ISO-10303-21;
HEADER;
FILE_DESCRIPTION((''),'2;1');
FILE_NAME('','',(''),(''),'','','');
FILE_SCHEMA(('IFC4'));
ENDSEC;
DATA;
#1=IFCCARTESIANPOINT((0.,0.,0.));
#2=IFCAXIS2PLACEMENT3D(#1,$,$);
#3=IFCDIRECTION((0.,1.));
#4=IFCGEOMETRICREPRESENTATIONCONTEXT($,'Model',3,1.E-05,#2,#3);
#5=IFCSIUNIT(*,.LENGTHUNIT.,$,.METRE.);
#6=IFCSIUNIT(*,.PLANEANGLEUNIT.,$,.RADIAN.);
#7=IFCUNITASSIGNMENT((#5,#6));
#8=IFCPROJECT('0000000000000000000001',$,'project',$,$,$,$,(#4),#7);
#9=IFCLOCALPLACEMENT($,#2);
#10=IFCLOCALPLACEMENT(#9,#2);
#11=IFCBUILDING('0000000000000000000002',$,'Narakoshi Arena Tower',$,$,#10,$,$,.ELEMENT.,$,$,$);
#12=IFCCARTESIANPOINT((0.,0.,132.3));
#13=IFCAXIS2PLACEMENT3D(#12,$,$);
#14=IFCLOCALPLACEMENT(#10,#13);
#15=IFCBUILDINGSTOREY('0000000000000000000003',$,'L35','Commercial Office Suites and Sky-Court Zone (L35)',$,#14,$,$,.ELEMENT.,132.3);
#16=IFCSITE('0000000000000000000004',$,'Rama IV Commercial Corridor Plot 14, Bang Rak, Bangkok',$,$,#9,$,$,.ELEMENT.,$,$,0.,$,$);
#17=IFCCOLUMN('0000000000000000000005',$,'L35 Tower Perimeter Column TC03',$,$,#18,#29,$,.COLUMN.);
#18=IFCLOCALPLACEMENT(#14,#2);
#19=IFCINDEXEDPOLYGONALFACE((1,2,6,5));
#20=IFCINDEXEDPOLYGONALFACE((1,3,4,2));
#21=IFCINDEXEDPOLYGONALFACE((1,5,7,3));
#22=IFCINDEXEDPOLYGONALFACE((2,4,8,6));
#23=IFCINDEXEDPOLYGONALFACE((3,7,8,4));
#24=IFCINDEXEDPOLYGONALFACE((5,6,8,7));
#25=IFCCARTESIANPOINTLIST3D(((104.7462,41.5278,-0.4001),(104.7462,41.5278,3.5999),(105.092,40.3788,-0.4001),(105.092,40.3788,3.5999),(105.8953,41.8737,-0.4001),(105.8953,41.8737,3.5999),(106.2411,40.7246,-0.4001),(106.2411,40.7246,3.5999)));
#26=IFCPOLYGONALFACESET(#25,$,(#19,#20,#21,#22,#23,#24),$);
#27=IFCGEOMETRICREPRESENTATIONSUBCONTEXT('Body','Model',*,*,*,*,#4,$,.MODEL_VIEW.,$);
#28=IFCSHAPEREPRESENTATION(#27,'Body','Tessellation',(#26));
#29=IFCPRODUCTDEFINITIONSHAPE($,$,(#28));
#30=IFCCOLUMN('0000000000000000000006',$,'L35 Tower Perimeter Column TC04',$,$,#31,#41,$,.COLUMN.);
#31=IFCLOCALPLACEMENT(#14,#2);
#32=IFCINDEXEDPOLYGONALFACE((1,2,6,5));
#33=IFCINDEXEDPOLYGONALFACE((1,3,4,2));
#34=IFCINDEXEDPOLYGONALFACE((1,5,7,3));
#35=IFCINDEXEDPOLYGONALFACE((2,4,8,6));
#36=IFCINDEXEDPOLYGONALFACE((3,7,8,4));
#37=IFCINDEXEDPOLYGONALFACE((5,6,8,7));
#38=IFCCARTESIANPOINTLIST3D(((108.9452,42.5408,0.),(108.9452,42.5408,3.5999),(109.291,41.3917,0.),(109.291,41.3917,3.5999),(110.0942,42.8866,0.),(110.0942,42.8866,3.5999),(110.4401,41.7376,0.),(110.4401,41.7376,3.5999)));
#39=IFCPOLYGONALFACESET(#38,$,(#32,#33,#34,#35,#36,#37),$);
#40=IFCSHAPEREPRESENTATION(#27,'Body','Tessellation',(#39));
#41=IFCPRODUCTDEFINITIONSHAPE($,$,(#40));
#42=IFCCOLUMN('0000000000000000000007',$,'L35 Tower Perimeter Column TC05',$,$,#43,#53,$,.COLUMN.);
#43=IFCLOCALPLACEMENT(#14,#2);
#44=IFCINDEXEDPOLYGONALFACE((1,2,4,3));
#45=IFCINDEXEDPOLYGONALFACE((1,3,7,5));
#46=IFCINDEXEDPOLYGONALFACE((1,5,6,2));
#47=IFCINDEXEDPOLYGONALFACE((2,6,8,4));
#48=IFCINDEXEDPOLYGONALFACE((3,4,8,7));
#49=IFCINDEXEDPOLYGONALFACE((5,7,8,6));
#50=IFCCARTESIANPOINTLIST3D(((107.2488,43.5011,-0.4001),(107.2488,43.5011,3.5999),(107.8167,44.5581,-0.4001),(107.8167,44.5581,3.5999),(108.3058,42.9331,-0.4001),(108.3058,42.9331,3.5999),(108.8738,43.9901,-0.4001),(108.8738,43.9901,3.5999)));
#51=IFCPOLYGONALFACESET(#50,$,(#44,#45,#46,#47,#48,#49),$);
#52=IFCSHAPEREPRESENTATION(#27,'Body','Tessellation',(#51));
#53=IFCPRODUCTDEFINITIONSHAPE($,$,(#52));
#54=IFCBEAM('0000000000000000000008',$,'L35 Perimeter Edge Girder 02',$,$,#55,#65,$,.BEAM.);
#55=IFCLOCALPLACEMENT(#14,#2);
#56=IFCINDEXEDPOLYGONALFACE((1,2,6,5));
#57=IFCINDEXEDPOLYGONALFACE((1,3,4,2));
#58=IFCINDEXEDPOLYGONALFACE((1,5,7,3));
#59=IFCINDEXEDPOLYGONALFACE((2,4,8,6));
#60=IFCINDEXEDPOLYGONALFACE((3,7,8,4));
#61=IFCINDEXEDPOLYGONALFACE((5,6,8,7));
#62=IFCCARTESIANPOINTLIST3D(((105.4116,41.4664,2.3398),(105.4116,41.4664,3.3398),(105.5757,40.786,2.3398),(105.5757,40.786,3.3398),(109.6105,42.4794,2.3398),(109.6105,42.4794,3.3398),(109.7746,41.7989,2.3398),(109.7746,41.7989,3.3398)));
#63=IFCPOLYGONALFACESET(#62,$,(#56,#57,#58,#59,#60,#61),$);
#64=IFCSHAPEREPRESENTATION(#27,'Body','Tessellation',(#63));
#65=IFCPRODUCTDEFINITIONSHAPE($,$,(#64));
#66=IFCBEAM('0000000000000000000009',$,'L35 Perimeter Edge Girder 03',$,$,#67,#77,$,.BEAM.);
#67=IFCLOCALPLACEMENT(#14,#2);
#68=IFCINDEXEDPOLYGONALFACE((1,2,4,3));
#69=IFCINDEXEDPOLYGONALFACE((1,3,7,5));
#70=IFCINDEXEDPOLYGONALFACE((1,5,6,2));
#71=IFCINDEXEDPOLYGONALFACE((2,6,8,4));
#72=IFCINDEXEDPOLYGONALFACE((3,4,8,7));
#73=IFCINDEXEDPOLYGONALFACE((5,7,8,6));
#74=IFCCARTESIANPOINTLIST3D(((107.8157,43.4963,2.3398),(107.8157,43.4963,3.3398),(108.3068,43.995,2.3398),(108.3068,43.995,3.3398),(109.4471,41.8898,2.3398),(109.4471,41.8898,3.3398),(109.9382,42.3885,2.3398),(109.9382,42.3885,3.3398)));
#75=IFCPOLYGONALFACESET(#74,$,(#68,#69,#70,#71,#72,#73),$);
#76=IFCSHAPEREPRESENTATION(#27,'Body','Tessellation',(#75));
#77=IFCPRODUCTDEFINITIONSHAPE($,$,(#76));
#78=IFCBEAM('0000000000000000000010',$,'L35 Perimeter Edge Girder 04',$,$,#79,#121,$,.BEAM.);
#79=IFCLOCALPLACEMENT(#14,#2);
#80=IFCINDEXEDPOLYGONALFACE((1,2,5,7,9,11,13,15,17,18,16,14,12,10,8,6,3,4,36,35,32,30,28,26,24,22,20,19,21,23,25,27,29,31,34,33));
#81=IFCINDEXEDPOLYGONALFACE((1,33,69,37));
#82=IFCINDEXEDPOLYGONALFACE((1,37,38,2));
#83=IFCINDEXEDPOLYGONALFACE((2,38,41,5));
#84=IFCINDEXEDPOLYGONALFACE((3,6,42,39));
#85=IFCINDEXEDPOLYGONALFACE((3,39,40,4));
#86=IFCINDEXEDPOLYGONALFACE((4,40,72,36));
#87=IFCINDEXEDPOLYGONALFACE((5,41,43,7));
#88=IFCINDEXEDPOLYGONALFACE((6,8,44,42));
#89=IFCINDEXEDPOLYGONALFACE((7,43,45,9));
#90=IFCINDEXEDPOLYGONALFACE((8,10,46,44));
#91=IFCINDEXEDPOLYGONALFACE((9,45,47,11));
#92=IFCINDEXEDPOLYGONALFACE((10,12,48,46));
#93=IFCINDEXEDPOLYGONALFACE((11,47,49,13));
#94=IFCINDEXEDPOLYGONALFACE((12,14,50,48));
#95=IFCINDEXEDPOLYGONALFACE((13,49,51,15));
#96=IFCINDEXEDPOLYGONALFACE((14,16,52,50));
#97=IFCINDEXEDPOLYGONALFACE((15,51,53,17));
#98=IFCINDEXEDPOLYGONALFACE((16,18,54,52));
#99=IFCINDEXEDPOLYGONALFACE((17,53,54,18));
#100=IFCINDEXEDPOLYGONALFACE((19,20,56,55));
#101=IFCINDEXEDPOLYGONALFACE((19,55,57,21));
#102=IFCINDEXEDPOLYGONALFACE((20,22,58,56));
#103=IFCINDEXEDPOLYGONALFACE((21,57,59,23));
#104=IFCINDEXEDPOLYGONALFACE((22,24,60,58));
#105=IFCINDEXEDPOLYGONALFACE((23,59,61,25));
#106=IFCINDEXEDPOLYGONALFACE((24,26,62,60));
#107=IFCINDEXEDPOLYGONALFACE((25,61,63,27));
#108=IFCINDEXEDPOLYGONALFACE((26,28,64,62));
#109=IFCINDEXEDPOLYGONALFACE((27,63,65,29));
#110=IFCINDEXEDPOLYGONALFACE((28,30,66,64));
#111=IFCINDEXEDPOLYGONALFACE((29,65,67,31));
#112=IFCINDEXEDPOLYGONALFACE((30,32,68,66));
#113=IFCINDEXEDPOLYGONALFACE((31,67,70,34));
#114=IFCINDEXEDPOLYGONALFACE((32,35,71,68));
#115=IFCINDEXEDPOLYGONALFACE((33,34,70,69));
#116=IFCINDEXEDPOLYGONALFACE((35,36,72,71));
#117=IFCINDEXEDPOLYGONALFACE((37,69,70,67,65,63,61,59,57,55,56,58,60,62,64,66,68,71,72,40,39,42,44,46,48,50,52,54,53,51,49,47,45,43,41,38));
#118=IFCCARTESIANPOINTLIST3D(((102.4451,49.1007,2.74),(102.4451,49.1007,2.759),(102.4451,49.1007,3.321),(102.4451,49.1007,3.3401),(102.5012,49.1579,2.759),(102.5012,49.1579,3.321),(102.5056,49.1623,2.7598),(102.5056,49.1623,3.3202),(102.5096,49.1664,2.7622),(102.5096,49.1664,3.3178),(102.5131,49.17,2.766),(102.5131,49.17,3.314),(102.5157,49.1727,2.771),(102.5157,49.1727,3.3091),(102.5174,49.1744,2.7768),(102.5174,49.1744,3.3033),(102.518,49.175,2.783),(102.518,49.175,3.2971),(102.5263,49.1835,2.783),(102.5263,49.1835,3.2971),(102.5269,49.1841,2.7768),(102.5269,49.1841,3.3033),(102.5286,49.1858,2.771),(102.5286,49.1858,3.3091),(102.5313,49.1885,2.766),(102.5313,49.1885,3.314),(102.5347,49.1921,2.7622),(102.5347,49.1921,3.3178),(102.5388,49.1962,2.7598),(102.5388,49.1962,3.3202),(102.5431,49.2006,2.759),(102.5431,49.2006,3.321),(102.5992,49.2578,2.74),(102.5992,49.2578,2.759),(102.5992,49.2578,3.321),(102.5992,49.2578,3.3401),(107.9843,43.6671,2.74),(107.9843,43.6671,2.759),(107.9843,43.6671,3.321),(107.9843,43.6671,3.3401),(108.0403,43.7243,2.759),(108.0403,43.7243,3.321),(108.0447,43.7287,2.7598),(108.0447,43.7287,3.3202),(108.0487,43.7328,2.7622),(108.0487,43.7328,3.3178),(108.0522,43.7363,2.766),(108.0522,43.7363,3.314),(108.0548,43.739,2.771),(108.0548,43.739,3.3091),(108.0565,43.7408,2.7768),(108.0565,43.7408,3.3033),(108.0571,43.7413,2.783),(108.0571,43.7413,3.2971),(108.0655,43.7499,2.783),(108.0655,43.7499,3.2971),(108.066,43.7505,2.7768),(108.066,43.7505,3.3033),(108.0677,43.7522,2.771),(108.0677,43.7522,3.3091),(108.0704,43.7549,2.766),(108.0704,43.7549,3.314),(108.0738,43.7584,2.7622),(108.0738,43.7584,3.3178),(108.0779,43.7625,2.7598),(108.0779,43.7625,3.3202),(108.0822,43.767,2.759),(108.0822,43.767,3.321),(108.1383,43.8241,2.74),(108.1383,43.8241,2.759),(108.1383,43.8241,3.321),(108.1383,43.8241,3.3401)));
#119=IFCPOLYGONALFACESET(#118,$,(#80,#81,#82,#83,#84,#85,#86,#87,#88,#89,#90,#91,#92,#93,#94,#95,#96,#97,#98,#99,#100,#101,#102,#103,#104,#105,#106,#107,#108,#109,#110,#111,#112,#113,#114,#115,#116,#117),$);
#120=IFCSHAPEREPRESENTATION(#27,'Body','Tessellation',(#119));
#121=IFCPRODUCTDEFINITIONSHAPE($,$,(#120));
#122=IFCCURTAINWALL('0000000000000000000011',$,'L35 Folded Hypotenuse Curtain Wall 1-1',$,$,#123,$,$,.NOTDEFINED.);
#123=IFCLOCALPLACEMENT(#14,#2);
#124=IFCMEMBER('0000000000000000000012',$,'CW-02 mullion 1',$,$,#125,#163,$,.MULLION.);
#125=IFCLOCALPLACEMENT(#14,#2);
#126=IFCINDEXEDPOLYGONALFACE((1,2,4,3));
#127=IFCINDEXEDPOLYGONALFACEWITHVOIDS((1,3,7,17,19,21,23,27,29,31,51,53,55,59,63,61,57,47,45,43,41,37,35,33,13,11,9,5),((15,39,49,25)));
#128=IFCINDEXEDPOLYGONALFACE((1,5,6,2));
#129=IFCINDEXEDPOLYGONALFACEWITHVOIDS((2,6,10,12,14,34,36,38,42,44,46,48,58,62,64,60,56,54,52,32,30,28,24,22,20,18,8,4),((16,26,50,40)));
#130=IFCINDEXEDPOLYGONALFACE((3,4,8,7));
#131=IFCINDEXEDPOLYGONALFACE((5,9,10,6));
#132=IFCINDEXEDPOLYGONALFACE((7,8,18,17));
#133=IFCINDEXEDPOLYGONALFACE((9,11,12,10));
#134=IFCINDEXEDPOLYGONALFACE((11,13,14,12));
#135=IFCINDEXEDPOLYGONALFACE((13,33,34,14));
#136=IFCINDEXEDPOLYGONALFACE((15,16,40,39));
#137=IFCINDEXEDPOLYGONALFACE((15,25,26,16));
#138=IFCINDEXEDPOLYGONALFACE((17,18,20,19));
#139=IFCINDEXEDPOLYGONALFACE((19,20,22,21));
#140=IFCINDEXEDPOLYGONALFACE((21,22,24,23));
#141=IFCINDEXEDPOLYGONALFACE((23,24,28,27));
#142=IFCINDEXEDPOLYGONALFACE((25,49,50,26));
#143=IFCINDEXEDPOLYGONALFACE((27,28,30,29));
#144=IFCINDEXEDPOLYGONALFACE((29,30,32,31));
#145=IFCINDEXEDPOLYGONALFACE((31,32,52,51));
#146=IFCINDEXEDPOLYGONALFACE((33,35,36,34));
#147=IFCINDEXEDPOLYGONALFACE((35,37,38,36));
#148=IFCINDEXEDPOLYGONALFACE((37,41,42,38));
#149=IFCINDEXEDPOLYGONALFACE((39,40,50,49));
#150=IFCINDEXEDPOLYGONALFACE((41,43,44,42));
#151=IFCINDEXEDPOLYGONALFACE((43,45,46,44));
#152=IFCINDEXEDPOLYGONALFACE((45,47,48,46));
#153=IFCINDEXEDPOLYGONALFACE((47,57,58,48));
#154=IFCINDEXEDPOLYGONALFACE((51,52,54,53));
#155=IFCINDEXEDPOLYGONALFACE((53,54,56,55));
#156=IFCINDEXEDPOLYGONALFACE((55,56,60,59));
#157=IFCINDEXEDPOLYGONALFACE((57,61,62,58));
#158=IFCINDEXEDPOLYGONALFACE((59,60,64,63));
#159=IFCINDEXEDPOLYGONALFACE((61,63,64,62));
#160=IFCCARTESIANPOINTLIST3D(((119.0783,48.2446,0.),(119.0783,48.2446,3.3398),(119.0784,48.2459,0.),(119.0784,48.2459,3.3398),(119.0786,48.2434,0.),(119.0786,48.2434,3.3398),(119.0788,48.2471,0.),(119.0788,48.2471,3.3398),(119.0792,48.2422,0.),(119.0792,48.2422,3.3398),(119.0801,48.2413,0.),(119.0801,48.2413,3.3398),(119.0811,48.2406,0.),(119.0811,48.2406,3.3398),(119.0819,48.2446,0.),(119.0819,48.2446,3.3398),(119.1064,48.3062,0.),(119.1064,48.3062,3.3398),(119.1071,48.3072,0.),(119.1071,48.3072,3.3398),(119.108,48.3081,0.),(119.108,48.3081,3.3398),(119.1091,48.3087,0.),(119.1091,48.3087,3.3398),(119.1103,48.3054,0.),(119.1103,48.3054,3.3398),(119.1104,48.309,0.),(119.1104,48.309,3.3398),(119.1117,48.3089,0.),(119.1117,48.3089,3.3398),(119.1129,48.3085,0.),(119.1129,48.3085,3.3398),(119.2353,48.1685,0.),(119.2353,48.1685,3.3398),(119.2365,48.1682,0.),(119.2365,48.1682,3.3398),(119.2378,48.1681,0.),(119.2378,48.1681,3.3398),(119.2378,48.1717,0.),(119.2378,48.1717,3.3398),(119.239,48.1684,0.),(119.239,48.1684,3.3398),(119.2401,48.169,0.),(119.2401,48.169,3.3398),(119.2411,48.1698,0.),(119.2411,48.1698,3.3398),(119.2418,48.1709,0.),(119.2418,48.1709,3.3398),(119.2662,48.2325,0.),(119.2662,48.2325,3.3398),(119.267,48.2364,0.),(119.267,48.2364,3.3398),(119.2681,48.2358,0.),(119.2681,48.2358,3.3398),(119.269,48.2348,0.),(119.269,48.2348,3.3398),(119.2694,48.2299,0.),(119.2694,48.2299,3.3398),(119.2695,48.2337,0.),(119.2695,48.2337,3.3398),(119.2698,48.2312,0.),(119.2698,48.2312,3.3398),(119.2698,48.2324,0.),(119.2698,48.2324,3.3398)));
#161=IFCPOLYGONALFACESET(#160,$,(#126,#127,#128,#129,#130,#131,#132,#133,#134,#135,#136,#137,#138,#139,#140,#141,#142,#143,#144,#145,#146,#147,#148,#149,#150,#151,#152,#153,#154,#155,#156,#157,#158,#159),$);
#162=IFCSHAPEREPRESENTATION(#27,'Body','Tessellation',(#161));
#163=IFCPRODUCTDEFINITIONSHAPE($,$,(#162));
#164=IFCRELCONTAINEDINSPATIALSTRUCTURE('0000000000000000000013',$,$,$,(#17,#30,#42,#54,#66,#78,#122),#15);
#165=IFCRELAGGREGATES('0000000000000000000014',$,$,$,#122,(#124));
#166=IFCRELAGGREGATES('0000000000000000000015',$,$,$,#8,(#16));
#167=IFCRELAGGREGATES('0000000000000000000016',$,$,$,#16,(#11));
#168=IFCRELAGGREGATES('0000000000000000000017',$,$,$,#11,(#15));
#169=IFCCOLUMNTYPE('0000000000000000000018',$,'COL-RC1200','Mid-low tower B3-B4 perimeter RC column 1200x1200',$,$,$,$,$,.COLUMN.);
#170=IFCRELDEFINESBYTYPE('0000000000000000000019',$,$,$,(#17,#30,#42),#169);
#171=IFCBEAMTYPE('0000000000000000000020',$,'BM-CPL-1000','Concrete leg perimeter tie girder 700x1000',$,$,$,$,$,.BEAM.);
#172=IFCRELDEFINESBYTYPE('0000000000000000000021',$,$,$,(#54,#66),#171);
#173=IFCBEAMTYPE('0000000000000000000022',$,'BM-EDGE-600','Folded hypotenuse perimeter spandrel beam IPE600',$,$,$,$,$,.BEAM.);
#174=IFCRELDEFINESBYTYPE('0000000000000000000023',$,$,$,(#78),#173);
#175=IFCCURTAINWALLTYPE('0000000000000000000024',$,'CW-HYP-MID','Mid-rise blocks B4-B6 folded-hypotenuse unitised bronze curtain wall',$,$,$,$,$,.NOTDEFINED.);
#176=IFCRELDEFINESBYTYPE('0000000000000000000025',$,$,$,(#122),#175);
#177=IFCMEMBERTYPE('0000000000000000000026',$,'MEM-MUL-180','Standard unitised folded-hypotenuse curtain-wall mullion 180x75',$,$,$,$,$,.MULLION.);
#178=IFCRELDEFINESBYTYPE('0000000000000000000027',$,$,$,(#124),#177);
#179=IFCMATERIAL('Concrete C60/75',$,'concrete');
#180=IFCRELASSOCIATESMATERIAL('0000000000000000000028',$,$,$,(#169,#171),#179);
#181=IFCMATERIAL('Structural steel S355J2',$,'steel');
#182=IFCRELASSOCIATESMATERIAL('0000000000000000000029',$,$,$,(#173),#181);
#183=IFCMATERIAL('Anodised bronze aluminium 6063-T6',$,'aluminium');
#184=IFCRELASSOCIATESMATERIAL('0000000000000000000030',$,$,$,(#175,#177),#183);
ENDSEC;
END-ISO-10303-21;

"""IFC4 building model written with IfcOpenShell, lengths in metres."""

from ifc_helpers import new_model, si_unit, direction, frame, origin, origin_2d, place, context, subcontext, project, spatial, rectangle, hollow_rectangle, i_section, extrude, material, material_profile, profile_set, type_object, element, aggregate, save


model = new_model("IFC4")

# Units and contexts
model_context = context("Model", 3, precision=1e-05, world=origin(), true_north=direction((0.0, 1.0)))
body_context = subcontext(model_context, "Body", "Model", "MODEL_VIEW")
ifc_project = project(units=[si_unit("LENGTHUNIT", "METRE"), si_unit("PLANEANGLEUNIT", "RADIAN")], contexts=[model_context])

# Site, building, storey
site_placement = place(None, origin())
site = spatial("IfcSite", under=ifc_project, at=site_placement, Name="Rama IV Commercial Corridor Plot 14, Bang Rak, Bangkok", CompositionType="ELEMENT", RefElevation=0.0)
building_placement = place(site_placement, origin())
building = spatial("IfcBuilding", under=site, at=building_placement, Name="Narakoshi Arena Tower", CompositionType="ELEMENT")
storey_placement = place(building_placement, frame((0.0, 0.0, 132.3)))
storey = spatial("IfcBuildingStorey", under=building, at=storey_placement, Name="L35", Description="Commercial Office Suites and Sky-Court Zone (L35)", CompositionType="ELEMENT", Elevation=132.3)

# Columns
ifc_material_1 = material(Name="Concrete C60/75", Category="concrete")
ifc_material_profile_1 = material_profile(ifc_material_1, rectangle(XDim=1.2, YDim=1.2, at=origin_2d()), Name="RC1200x1200")
ifc_profile_set_1 = profile_set([ifc_material_profile_1], Name="Concrete C60/75")
column_type = type_object("IfcColumnType", Name="COL-RC1200", Description="Mid-low tower B3-B4 perimeter RC column 1200x1200", PredefinedType="COLUMN", material=ifc_profile_set_1)
column_1_placement = place(storey_placement, frame((105.4937, 41.1262, -0.4001), z_axis=(0.0, 0.0, 1.0), x_axis=(0.957571, 0.288196, 0.0)))
element("IfcColumn", 1, at=column_1_placement, inside=storey, type_object=column_type, Name="L35 Tower Perimeter Column TC03", PredefinedType="COLUMN", context=body_context, shape_type="SweptSolid", body=[
    extrude(rectangle(XDim=1.2, YDim=1.2, at=origin_2d()), origin(), (0.0, 0.0, 1.0), 4.0),
])
column_2_placement = place(storey_placement, frame((109.6926, 42.1392, 0.0), z_axis=(0.0, 0.0, 1.0), x_axis=(0.957571, 0.288196, 0.0)))
element("IfcColumn", 2, at=column_2_placement, inside=storey, type_object=column_type, Name="L35 Tower Perimeter Column TC04", PredefinedType="COLUMN", context=body_context, shape_type="SweptSolid", body=[
    extrude(rectangle(XDim=1.2, YDim=1.2, at=origin_2d()), origin(), (0.0, 0.0, 1.0), 3.5999),
])
column_3_placement = place(storey_placement, frame((108.0613, 43.7456, -0.4001), z_axis=(0.0, 0.0, 1.0), x_axis=(0.47332, 0.880891, 0.0)))
element("IfcColumn", 3, at=column_3_placement, inside=storey, type_object=column_type, Name="L35 Tower Perimeter Column TC05", PredefinedType="COLUMN", context=body_context, shape_type="SweptSolid", body=[
    extrude(rectangle(XDim=1.2, YDim=1.2, at=origin_2d()), origin(), (0.0, 0.0, 1.0), 4.0),
])

# Beams
ifc_material_profile_2 = material_profile(ifc_material_1, rectangle(XDim=0.7, YDim=1.0, at=origin_2d()), Name="RCB700x1000")
ifc_profile_set_2 = profile_set([ifc_material_profile_2], Name="Concrete C60/75")
beam_type_1 = type_object("IfcBeamType", Name="BM-CPL-1000", Description="Concrete leg perimeter tie girder 700x1000", PredefinedType="BEAM", material=ifc_profile_set_2)
beam_1_placement = place(storey_placement, frame((105.4937, 41.1262, 2.8398), z_axis=(0.972114, 0.234508, 0.0), x_axis=(-0.234508, 0.972114, 0.0)))
element("IfcBeam", 4, at=beam_1_placement, inside=storey, type_object=beam_type_1, Name="L35 Perimeter Edge Girder 02", PredefinedType="BEAM", context=body_context, shape_type="SweptSolid", body=[
    extrude(rectangle(XDim=0.7, YDim=1.0, at=origin_2d()), origin(), (0.0, 0.0, 1.0), 4.3193),
])
beam_2_placement = place(storey_placement, frame((109.6926, 42.1392, 2.8398), z_axis=(-0.712524, 0.701648, 0.0), x_axis=(-0.701648, -0.712524, 0.0)))
element("IfcBeam", 5, at=beam_2_placement, inside=storey, type_object=beam_type_1, Name="L35 Perimeter Edge Girder 03", PredefinedType="BEAM", context=body_context, shape_type="SweptSolid", body=[
    extrude(rectangle(XDim=0.7, YDim=1.0, at=origin_2d()), origin(), (0.0, 0.0, 1.0), 2.2896),
])
ifc_material_2 = material(Name="Structural steel S355J2", Category="steel")
ifc_material_profile_3 = material_profile(ifc_material_2, i_section(OverallWidth=0.22, OverallDepth=0.6001, WebThickness=0.012, FlangeThickness=0.019, FilletRadius=0.0239, at=origin_2d()), Name="IPE600")
ifc_profile_set_3 = profile_set([ifc_material_profile_3], Name="Structural steel S355J2")
beam_type_2 = type_object("IfcBeamType", Name="BM-EDGE-600", Description="Folded hypotenuse perimeter spandrel beam IPE600", PredefinedType="BEAM", material=ifc_profile_set_3)
beam_3_placement = place(storey_placement, frame((108.0613, 43.7456, 3.04), z_axis=(-0.71387, 0.700278, 0.0), x_axis=(-0.700278, -0.71387, 0.0)))
element("IfcBeam", 6, at=beam_3_placement, inside=storey, type_object=beam_type_2, Name="L35 Perimeter Edge Girder 04", PredefinedType="BEAM", context=body_context, shape_type="SweptSolid", body=[
    extrude(i_section(OverallWidth=0.22, OverallDepth=0.6001, WebThickness=0.012, FlangeThickness=0.019, FilletRadius=0.0239, at=origin_2d()), origin(), (0.0, 0.0, 1.0), 7.7593),
])

# Curtain wall, member
ifc_material_3 = material(Name="Anodised bronze aluminium 6063-T6", Category="aluminium")
curtain_wall_type = type_object("IfcCurtainWallType", Name="CW-HYP-MID", Description="Mid-rise blocks B4-B6 folded-hypotenuse unitised bronze curtain wall", PredefinedType="NOTDEFINED", material=ifc_material_3)
curtain_wall_placement = place(storey_placement, origin())
curtain_wall = element("IfcCurtainWall", 7, at=curtain_wall_placement, inside=storey, type_object=curtain_wall_type, Name="L35 Folded Hypotenuse Curtain Wall 1-1", PredefinedType="NOTDEFINED")
ifc_material_profile_4 = material_profile(ifc_material_3, hollow_rectangle(XDim=0.075, YDim=0.1799, WallThickness=0.0039, OuterFilletRadius=0.0049, at=origin_2d()), Name="MUL180x75x4")
ifc_profile_set_4 = profile_set([ifc_material_profile_4], Name="Anodised bronze aluminium 6063-T6")
member_type_1 = type_object("IfcMemberType", Name="MEM-MUL-180", Description="Standard unitised folded-hypotenuse curtain-wall mullion 180x75", PredefinedType="MULLION", material=ifc_profile_set_4)
member_1_placement = place(storey_placement, frame((119.1741, 48.2385, 0.0), z_axis=(0.0, 0.0, 1.0), x_axis=(-0.423532, -0.905881, 0.0)))
member_1 = element("IfcMember", 8, at=member_1_placement, type_object=member_type_1, Name="CW-02 mullion 1", PredefinedType="MULLION", context=body_context, shape_type="SweptSolid", body=[
    extrude(hollow_rectangle(XDim=0.075, YDim=0.1799, WallThickness=0.0039, OuterFilletRadius=0.0049, at=origin_2d()), origin(), (0.0, 0.0, 1.0), 3.3398),
])
aggregate(curtain_wall, [member_1])

save(model, "model.ifc")
